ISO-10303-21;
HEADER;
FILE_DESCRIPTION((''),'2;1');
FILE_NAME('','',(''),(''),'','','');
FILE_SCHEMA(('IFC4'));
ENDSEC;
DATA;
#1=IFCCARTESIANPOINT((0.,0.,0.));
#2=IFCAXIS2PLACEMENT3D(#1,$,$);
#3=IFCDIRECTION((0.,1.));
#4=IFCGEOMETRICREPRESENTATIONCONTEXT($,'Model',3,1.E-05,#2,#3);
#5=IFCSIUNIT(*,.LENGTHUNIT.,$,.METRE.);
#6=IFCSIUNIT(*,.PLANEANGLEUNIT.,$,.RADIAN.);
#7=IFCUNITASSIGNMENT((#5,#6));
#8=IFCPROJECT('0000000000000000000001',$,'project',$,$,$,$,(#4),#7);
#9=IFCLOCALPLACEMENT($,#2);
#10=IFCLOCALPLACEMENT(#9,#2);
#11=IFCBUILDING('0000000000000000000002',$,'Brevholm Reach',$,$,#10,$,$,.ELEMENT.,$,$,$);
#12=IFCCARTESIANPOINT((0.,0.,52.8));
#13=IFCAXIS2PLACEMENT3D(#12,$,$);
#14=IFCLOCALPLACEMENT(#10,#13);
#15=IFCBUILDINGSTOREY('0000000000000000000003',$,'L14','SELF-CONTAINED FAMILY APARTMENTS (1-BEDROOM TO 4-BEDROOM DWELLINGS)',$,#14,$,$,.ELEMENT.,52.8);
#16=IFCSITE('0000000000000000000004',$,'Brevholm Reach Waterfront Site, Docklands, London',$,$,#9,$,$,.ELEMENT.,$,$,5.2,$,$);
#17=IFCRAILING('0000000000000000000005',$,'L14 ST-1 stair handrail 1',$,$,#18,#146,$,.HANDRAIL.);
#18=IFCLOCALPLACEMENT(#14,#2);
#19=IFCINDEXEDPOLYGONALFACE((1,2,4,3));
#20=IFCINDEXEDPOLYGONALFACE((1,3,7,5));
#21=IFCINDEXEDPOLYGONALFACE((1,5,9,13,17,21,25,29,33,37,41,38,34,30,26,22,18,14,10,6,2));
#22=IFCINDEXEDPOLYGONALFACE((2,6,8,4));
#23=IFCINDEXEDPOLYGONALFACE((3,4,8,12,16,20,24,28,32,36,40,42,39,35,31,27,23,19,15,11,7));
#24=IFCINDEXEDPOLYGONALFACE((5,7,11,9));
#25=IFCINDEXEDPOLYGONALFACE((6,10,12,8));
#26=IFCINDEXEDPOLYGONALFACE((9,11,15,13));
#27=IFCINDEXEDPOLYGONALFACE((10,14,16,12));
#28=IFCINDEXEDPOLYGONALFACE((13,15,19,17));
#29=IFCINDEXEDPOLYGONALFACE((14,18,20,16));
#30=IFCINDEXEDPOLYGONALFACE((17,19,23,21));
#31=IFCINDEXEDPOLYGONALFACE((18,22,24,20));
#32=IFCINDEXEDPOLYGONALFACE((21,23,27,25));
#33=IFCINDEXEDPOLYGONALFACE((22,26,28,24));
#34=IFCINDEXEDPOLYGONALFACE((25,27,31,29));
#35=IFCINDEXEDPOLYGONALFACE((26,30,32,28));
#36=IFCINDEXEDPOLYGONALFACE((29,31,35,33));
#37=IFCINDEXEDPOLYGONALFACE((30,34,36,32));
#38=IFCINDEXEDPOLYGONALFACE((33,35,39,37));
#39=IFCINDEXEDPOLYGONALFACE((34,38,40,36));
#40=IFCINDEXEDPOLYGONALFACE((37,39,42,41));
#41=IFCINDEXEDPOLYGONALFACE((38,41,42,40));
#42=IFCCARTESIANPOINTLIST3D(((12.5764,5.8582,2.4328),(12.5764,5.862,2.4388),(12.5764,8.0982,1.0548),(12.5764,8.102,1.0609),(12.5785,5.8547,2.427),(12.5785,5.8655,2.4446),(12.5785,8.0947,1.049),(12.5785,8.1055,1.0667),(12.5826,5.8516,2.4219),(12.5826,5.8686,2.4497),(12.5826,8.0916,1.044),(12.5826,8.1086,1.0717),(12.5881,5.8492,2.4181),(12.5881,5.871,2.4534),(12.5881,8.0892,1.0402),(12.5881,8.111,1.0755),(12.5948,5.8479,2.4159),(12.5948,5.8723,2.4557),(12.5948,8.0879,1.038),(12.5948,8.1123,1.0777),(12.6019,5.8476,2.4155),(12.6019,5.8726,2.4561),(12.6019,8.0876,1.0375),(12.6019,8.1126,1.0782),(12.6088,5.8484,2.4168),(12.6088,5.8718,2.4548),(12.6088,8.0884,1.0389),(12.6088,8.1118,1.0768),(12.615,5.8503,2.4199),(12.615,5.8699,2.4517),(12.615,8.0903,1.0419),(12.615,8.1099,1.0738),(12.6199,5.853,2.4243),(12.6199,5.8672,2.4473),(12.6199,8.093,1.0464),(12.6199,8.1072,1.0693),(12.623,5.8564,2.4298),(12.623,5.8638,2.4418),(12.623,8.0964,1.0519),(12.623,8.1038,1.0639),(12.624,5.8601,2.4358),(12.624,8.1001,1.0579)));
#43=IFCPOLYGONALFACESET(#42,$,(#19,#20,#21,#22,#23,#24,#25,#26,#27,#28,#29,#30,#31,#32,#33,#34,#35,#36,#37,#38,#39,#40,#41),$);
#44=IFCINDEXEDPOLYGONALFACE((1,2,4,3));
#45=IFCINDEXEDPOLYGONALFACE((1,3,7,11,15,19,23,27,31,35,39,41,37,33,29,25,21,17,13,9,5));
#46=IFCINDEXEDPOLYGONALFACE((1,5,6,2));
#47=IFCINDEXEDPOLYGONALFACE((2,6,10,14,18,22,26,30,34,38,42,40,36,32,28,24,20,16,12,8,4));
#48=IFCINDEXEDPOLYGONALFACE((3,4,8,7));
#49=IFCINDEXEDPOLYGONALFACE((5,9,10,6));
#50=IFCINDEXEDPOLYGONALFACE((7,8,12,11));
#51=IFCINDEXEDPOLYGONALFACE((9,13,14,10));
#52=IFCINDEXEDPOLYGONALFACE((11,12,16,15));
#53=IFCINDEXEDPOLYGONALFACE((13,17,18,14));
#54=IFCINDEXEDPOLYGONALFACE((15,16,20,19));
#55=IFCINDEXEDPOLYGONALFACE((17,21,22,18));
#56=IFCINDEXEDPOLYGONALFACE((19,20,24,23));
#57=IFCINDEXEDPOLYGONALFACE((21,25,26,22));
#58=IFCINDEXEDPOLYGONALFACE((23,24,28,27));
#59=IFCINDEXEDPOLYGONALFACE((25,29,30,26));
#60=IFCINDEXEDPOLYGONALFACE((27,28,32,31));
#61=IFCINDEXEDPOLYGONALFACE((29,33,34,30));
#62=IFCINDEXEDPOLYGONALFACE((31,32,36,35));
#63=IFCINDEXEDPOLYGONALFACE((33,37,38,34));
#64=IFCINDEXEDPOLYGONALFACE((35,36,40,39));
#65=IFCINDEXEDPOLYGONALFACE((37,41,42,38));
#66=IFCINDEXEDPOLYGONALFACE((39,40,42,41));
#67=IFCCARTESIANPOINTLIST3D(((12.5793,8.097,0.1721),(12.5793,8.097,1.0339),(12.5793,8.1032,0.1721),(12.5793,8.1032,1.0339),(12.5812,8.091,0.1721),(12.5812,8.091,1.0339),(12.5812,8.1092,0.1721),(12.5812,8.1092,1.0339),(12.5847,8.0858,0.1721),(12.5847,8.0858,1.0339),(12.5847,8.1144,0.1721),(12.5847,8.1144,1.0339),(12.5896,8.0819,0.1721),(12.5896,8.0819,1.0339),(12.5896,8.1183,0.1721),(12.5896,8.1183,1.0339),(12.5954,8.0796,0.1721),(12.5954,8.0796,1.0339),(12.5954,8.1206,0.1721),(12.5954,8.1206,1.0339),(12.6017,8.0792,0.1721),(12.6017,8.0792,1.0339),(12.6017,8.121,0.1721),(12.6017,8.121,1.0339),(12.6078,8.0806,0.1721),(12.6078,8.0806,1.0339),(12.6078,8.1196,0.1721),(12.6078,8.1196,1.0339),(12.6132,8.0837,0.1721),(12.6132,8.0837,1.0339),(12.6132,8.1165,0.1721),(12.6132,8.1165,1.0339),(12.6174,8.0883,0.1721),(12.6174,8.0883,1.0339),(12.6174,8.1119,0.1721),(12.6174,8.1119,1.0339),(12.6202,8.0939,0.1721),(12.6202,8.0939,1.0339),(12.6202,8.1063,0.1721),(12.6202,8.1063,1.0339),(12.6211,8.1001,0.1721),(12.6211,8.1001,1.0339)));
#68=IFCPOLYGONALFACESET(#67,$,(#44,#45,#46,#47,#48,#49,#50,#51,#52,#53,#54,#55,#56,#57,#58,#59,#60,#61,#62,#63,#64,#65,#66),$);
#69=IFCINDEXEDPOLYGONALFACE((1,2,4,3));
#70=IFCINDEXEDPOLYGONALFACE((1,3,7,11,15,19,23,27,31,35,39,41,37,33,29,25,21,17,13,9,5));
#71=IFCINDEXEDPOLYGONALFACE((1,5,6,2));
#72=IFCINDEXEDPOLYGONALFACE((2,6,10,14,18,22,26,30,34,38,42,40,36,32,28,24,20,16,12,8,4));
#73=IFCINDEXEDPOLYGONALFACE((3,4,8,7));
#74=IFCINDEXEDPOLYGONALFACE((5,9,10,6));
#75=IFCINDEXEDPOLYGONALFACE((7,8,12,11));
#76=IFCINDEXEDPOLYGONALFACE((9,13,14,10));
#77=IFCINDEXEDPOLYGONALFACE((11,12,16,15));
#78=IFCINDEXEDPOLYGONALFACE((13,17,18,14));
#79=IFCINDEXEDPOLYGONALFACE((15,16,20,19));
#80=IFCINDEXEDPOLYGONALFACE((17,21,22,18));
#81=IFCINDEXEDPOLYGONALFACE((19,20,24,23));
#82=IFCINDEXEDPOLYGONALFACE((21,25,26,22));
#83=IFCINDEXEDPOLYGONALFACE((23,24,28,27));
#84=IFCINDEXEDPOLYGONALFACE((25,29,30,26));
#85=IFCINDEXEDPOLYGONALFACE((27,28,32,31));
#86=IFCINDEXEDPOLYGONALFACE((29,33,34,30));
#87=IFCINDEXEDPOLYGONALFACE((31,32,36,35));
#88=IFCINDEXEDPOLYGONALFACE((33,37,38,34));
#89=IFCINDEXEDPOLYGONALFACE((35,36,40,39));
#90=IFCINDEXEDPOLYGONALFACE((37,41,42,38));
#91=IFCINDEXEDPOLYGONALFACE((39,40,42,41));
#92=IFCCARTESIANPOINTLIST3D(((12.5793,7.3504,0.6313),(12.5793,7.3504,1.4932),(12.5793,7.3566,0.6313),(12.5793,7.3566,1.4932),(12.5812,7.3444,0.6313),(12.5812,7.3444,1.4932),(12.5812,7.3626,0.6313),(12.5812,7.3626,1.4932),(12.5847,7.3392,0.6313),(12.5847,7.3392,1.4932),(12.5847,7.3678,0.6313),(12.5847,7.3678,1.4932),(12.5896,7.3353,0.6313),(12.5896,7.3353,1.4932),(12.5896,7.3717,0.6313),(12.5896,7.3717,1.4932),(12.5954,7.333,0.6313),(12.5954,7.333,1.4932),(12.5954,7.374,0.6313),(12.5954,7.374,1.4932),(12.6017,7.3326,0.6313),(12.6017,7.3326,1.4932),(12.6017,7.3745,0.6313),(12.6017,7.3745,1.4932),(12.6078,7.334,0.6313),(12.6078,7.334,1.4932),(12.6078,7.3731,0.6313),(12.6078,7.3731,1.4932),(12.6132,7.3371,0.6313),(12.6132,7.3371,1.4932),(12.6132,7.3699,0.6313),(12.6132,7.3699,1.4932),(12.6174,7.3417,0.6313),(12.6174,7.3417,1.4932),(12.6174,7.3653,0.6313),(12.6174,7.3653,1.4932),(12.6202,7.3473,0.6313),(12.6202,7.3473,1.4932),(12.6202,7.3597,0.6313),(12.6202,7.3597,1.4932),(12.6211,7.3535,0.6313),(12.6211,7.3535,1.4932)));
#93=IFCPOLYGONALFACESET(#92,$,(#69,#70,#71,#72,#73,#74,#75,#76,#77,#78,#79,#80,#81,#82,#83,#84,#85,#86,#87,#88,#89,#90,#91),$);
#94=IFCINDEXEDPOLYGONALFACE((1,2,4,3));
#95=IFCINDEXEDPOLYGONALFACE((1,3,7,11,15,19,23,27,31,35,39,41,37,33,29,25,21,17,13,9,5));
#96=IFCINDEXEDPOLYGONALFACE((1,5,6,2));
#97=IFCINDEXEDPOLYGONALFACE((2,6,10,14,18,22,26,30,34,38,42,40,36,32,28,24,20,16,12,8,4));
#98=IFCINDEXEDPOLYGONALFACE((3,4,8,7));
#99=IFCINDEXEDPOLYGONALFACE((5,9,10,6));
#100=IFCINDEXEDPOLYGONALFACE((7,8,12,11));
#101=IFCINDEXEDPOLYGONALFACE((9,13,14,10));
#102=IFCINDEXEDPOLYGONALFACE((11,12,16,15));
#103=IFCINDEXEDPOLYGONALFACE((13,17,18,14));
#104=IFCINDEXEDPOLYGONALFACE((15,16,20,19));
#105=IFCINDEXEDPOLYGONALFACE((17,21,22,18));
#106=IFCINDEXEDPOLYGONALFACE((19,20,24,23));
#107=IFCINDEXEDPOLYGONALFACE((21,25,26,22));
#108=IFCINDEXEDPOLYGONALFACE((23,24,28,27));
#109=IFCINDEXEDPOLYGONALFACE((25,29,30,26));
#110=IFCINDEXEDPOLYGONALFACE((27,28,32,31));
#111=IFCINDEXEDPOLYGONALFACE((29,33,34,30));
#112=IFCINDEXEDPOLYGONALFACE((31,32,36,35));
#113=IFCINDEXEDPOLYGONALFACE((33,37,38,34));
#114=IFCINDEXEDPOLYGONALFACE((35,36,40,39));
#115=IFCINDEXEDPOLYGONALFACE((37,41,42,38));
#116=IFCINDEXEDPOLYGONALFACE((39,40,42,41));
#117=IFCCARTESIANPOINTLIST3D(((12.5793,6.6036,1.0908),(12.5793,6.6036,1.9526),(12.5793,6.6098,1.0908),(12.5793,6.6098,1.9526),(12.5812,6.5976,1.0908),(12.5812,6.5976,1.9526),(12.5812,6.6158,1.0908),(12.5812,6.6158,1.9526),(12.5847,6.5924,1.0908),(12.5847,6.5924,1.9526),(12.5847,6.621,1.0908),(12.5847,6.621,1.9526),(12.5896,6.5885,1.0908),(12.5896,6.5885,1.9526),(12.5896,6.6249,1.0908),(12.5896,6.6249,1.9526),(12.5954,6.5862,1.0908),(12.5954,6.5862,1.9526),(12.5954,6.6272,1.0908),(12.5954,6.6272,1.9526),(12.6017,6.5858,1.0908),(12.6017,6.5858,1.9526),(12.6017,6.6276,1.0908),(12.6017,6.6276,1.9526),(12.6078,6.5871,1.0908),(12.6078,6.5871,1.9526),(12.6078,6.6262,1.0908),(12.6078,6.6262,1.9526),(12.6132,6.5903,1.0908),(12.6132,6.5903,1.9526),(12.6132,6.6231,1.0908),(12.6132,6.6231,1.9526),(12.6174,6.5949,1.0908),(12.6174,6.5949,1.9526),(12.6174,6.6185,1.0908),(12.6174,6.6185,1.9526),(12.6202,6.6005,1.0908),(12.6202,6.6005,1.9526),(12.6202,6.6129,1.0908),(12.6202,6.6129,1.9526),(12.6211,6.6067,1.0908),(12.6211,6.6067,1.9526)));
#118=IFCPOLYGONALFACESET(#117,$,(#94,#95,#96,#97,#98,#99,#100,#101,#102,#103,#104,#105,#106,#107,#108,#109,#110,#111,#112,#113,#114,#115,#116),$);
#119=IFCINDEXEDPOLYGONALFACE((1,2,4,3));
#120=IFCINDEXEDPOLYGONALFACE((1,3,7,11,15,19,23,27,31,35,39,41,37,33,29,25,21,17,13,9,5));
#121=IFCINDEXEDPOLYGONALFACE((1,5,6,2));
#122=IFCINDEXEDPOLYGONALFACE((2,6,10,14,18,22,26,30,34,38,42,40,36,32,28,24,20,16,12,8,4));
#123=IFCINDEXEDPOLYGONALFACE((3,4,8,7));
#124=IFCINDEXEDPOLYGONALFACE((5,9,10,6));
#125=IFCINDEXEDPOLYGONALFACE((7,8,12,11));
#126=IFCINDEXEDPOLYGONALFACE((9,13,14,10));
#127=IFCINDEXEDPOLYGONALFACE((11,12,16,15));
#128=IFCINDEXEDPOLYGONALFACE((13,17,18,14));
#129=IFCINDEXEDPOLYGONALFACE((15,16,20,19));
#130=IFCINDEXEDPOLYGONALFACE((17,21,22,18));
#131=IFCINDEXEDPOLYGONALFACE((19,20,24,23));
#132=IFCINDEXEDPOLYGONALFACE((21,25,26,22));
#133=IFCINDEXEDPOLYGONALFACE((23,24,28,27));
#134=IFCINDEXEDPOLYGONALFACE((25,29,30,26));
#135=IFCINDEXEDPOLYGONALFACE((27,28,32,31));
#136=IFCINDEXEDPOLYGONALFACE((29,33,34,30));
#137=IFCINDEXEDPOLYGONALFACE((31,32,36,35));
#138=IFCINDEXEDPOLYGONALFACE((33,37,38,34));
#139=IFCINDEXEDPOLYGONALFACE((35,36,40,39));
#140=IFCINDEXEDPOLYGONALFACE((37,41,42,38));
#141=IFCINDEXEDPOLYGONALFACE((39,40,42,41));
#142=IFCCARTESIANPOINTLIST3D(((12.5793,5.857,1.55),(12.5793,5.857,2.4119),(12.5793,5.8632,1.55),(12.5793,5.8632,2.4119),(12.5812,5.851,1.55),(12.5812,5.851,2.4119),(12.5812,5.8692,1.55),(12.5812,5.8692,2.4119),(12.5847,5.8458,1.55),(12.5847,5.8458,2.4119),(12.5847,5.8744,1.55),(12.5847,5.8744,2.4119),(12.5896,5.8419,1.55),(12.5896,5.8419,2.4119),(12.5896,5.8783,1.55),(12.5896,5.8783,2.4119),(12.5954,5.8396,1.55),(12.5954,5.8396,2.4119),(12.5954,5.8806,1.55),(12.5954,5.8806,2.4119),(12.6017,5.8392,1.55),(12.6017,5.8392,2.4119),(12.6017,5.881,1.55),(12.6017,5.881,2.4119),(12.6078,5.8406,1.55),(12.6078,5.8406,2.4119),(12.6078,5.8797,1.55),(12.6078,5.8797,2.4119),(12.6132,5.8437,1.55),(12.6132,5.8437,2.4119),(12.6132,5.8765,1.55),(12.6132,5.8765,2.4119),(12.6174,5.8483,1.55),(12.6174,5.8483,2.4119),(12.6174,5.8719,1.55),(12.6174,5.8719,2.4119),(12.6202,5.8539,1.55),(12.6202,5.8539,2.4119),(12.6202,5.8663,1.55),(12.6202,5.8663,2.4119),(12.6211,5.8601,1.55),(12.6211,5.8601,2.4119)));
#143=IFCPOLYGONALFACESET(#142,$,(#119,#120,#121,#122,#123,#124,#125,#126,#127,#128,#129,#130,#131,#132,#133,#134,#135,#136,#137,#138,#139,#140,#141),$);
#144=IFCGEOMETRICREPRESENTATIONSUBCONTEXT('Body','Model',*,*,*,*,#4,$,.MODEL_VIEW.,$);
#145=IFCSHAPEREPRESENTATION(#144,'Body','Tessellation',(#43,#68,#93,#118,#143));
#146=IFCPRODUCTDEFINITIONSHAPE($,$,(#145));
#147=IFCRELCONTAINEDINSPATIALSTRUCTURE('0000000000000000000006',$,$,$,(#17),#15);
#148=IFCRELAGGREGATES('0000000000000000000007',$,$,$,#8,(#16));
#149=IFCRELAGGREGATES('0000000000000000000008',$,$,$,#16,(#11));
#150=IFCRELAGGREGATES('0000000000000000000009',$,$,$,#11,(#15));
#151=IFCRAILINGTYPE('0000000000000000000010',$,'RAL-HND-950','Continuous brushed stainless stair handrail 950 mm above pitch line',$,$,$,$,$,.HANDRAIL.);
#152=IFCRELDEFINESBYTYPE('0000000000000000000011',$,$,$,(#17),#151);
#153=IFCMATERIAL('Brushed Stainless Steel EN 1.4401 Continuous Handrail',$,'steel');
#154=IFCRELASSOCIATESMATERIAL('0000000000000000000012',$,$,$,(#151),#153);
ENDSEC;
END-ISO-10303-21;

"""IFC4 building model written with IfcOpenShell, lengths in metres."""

from ifc_helpers import new_model, si_unit, direction, frame, origin, origin_2d, place, context, subcontext, project, spatial, circle, extrude, material, type_object, element, save


model = new_model("IFC4")

# Units and contexts
model_context = context("Model", 3, precision=1e-05, world=origin(), true_north=direction((0.0, 1.0)))
body_context = subcontext(model_context, "Body", "Model", "MODEL_VIEW")
ifc_project = project(units=[si_unit("LENGTHUNIT", "METRE"), si_unit("PLANEANGLEUNIT", "RADIAN")], contexts=[model_context])

# Site, building, storey
site_placement = place(None, origin())
site = spatial("IfcSite", under=ifc_project, at=site_placement, Name="Brevholm Reach Waterfront Site, Docklands, London", CompositionType="ELEMENT", RefElevation=5.2)
building_placement = place(site_placement, origin())
building = spatial("IfcBuilding", under=site, at=building_placement, Name="Brevholm Reach", CompositionType="ELEMENT")
storey_placement = place(building_placement, frame((0.0, 0.0, 52.8)))
storey = spatial("IfcBuildingStorey", under=building, at=storey_placement, Name="L14", Description="SELF-CONTAINED FAMILY APARTMENTS (1-BEDROOM TO 4-BEDROOM DWELLINGS)", CompositionType="ELEMENT", Elevation=52.8)

# Railing
ifc_material_1 = material(Name="Brushed Stainless Steel EN 1.4401 Continuous Handrail", Category="steel")
railing_type_1 = type_object("IfcRailingType", Name="RAL-HND-950", Description="Continuous brushed stainless stair handrail 950 mm above pitch line", PredefinedType="HANDRAIL", material=ifc_material_1)
railing_1_placement = place(storey_placement, frame((12.6001, 8.1001, 0.1721)))
element("IfcRailing", 1, at=railing_1_placement, inside=storey, type_object=railing_type_1, Name="L14 ST-1 stair handrail 1", PredefinedType="HANDRAIL", context=body_context, shape_type="SweptSolid", body=[
    extrude(circle(Radius=0.0239, at=origin_2d()), frame((0.0, 0.0, 0.8857), z_axis=(0.0, -0.851748, 0.523952), x_axis=(1.0, 0.0, 0.0)), (0.0, 0.0, 1.0), 2.6299),
    extrude(circle(Radius=0.021, at=origin_2d()), origin(), (0.0, 0.0, 1.0), 0.8618),
    extrude(circle(Radius=0.021, at=origin_2d()), frame((0.0, -0.7466, 0.4592)), (0.0, 0.0, 1.0), 0.8618),
    extrude(circle(Radius=0.021, at=origin_2d()), frame((0.0, -1.4934, 0.9187)), (0.0, 0.0, 1.0), 0.8618),
    extrude(circle(Radius=0.021, at=origin_2d()), frame((0.0, -2.24, 1.3779)), (0.0, 0.0, 1.0), 0.8618),
])

save(model, "model.ifc")
